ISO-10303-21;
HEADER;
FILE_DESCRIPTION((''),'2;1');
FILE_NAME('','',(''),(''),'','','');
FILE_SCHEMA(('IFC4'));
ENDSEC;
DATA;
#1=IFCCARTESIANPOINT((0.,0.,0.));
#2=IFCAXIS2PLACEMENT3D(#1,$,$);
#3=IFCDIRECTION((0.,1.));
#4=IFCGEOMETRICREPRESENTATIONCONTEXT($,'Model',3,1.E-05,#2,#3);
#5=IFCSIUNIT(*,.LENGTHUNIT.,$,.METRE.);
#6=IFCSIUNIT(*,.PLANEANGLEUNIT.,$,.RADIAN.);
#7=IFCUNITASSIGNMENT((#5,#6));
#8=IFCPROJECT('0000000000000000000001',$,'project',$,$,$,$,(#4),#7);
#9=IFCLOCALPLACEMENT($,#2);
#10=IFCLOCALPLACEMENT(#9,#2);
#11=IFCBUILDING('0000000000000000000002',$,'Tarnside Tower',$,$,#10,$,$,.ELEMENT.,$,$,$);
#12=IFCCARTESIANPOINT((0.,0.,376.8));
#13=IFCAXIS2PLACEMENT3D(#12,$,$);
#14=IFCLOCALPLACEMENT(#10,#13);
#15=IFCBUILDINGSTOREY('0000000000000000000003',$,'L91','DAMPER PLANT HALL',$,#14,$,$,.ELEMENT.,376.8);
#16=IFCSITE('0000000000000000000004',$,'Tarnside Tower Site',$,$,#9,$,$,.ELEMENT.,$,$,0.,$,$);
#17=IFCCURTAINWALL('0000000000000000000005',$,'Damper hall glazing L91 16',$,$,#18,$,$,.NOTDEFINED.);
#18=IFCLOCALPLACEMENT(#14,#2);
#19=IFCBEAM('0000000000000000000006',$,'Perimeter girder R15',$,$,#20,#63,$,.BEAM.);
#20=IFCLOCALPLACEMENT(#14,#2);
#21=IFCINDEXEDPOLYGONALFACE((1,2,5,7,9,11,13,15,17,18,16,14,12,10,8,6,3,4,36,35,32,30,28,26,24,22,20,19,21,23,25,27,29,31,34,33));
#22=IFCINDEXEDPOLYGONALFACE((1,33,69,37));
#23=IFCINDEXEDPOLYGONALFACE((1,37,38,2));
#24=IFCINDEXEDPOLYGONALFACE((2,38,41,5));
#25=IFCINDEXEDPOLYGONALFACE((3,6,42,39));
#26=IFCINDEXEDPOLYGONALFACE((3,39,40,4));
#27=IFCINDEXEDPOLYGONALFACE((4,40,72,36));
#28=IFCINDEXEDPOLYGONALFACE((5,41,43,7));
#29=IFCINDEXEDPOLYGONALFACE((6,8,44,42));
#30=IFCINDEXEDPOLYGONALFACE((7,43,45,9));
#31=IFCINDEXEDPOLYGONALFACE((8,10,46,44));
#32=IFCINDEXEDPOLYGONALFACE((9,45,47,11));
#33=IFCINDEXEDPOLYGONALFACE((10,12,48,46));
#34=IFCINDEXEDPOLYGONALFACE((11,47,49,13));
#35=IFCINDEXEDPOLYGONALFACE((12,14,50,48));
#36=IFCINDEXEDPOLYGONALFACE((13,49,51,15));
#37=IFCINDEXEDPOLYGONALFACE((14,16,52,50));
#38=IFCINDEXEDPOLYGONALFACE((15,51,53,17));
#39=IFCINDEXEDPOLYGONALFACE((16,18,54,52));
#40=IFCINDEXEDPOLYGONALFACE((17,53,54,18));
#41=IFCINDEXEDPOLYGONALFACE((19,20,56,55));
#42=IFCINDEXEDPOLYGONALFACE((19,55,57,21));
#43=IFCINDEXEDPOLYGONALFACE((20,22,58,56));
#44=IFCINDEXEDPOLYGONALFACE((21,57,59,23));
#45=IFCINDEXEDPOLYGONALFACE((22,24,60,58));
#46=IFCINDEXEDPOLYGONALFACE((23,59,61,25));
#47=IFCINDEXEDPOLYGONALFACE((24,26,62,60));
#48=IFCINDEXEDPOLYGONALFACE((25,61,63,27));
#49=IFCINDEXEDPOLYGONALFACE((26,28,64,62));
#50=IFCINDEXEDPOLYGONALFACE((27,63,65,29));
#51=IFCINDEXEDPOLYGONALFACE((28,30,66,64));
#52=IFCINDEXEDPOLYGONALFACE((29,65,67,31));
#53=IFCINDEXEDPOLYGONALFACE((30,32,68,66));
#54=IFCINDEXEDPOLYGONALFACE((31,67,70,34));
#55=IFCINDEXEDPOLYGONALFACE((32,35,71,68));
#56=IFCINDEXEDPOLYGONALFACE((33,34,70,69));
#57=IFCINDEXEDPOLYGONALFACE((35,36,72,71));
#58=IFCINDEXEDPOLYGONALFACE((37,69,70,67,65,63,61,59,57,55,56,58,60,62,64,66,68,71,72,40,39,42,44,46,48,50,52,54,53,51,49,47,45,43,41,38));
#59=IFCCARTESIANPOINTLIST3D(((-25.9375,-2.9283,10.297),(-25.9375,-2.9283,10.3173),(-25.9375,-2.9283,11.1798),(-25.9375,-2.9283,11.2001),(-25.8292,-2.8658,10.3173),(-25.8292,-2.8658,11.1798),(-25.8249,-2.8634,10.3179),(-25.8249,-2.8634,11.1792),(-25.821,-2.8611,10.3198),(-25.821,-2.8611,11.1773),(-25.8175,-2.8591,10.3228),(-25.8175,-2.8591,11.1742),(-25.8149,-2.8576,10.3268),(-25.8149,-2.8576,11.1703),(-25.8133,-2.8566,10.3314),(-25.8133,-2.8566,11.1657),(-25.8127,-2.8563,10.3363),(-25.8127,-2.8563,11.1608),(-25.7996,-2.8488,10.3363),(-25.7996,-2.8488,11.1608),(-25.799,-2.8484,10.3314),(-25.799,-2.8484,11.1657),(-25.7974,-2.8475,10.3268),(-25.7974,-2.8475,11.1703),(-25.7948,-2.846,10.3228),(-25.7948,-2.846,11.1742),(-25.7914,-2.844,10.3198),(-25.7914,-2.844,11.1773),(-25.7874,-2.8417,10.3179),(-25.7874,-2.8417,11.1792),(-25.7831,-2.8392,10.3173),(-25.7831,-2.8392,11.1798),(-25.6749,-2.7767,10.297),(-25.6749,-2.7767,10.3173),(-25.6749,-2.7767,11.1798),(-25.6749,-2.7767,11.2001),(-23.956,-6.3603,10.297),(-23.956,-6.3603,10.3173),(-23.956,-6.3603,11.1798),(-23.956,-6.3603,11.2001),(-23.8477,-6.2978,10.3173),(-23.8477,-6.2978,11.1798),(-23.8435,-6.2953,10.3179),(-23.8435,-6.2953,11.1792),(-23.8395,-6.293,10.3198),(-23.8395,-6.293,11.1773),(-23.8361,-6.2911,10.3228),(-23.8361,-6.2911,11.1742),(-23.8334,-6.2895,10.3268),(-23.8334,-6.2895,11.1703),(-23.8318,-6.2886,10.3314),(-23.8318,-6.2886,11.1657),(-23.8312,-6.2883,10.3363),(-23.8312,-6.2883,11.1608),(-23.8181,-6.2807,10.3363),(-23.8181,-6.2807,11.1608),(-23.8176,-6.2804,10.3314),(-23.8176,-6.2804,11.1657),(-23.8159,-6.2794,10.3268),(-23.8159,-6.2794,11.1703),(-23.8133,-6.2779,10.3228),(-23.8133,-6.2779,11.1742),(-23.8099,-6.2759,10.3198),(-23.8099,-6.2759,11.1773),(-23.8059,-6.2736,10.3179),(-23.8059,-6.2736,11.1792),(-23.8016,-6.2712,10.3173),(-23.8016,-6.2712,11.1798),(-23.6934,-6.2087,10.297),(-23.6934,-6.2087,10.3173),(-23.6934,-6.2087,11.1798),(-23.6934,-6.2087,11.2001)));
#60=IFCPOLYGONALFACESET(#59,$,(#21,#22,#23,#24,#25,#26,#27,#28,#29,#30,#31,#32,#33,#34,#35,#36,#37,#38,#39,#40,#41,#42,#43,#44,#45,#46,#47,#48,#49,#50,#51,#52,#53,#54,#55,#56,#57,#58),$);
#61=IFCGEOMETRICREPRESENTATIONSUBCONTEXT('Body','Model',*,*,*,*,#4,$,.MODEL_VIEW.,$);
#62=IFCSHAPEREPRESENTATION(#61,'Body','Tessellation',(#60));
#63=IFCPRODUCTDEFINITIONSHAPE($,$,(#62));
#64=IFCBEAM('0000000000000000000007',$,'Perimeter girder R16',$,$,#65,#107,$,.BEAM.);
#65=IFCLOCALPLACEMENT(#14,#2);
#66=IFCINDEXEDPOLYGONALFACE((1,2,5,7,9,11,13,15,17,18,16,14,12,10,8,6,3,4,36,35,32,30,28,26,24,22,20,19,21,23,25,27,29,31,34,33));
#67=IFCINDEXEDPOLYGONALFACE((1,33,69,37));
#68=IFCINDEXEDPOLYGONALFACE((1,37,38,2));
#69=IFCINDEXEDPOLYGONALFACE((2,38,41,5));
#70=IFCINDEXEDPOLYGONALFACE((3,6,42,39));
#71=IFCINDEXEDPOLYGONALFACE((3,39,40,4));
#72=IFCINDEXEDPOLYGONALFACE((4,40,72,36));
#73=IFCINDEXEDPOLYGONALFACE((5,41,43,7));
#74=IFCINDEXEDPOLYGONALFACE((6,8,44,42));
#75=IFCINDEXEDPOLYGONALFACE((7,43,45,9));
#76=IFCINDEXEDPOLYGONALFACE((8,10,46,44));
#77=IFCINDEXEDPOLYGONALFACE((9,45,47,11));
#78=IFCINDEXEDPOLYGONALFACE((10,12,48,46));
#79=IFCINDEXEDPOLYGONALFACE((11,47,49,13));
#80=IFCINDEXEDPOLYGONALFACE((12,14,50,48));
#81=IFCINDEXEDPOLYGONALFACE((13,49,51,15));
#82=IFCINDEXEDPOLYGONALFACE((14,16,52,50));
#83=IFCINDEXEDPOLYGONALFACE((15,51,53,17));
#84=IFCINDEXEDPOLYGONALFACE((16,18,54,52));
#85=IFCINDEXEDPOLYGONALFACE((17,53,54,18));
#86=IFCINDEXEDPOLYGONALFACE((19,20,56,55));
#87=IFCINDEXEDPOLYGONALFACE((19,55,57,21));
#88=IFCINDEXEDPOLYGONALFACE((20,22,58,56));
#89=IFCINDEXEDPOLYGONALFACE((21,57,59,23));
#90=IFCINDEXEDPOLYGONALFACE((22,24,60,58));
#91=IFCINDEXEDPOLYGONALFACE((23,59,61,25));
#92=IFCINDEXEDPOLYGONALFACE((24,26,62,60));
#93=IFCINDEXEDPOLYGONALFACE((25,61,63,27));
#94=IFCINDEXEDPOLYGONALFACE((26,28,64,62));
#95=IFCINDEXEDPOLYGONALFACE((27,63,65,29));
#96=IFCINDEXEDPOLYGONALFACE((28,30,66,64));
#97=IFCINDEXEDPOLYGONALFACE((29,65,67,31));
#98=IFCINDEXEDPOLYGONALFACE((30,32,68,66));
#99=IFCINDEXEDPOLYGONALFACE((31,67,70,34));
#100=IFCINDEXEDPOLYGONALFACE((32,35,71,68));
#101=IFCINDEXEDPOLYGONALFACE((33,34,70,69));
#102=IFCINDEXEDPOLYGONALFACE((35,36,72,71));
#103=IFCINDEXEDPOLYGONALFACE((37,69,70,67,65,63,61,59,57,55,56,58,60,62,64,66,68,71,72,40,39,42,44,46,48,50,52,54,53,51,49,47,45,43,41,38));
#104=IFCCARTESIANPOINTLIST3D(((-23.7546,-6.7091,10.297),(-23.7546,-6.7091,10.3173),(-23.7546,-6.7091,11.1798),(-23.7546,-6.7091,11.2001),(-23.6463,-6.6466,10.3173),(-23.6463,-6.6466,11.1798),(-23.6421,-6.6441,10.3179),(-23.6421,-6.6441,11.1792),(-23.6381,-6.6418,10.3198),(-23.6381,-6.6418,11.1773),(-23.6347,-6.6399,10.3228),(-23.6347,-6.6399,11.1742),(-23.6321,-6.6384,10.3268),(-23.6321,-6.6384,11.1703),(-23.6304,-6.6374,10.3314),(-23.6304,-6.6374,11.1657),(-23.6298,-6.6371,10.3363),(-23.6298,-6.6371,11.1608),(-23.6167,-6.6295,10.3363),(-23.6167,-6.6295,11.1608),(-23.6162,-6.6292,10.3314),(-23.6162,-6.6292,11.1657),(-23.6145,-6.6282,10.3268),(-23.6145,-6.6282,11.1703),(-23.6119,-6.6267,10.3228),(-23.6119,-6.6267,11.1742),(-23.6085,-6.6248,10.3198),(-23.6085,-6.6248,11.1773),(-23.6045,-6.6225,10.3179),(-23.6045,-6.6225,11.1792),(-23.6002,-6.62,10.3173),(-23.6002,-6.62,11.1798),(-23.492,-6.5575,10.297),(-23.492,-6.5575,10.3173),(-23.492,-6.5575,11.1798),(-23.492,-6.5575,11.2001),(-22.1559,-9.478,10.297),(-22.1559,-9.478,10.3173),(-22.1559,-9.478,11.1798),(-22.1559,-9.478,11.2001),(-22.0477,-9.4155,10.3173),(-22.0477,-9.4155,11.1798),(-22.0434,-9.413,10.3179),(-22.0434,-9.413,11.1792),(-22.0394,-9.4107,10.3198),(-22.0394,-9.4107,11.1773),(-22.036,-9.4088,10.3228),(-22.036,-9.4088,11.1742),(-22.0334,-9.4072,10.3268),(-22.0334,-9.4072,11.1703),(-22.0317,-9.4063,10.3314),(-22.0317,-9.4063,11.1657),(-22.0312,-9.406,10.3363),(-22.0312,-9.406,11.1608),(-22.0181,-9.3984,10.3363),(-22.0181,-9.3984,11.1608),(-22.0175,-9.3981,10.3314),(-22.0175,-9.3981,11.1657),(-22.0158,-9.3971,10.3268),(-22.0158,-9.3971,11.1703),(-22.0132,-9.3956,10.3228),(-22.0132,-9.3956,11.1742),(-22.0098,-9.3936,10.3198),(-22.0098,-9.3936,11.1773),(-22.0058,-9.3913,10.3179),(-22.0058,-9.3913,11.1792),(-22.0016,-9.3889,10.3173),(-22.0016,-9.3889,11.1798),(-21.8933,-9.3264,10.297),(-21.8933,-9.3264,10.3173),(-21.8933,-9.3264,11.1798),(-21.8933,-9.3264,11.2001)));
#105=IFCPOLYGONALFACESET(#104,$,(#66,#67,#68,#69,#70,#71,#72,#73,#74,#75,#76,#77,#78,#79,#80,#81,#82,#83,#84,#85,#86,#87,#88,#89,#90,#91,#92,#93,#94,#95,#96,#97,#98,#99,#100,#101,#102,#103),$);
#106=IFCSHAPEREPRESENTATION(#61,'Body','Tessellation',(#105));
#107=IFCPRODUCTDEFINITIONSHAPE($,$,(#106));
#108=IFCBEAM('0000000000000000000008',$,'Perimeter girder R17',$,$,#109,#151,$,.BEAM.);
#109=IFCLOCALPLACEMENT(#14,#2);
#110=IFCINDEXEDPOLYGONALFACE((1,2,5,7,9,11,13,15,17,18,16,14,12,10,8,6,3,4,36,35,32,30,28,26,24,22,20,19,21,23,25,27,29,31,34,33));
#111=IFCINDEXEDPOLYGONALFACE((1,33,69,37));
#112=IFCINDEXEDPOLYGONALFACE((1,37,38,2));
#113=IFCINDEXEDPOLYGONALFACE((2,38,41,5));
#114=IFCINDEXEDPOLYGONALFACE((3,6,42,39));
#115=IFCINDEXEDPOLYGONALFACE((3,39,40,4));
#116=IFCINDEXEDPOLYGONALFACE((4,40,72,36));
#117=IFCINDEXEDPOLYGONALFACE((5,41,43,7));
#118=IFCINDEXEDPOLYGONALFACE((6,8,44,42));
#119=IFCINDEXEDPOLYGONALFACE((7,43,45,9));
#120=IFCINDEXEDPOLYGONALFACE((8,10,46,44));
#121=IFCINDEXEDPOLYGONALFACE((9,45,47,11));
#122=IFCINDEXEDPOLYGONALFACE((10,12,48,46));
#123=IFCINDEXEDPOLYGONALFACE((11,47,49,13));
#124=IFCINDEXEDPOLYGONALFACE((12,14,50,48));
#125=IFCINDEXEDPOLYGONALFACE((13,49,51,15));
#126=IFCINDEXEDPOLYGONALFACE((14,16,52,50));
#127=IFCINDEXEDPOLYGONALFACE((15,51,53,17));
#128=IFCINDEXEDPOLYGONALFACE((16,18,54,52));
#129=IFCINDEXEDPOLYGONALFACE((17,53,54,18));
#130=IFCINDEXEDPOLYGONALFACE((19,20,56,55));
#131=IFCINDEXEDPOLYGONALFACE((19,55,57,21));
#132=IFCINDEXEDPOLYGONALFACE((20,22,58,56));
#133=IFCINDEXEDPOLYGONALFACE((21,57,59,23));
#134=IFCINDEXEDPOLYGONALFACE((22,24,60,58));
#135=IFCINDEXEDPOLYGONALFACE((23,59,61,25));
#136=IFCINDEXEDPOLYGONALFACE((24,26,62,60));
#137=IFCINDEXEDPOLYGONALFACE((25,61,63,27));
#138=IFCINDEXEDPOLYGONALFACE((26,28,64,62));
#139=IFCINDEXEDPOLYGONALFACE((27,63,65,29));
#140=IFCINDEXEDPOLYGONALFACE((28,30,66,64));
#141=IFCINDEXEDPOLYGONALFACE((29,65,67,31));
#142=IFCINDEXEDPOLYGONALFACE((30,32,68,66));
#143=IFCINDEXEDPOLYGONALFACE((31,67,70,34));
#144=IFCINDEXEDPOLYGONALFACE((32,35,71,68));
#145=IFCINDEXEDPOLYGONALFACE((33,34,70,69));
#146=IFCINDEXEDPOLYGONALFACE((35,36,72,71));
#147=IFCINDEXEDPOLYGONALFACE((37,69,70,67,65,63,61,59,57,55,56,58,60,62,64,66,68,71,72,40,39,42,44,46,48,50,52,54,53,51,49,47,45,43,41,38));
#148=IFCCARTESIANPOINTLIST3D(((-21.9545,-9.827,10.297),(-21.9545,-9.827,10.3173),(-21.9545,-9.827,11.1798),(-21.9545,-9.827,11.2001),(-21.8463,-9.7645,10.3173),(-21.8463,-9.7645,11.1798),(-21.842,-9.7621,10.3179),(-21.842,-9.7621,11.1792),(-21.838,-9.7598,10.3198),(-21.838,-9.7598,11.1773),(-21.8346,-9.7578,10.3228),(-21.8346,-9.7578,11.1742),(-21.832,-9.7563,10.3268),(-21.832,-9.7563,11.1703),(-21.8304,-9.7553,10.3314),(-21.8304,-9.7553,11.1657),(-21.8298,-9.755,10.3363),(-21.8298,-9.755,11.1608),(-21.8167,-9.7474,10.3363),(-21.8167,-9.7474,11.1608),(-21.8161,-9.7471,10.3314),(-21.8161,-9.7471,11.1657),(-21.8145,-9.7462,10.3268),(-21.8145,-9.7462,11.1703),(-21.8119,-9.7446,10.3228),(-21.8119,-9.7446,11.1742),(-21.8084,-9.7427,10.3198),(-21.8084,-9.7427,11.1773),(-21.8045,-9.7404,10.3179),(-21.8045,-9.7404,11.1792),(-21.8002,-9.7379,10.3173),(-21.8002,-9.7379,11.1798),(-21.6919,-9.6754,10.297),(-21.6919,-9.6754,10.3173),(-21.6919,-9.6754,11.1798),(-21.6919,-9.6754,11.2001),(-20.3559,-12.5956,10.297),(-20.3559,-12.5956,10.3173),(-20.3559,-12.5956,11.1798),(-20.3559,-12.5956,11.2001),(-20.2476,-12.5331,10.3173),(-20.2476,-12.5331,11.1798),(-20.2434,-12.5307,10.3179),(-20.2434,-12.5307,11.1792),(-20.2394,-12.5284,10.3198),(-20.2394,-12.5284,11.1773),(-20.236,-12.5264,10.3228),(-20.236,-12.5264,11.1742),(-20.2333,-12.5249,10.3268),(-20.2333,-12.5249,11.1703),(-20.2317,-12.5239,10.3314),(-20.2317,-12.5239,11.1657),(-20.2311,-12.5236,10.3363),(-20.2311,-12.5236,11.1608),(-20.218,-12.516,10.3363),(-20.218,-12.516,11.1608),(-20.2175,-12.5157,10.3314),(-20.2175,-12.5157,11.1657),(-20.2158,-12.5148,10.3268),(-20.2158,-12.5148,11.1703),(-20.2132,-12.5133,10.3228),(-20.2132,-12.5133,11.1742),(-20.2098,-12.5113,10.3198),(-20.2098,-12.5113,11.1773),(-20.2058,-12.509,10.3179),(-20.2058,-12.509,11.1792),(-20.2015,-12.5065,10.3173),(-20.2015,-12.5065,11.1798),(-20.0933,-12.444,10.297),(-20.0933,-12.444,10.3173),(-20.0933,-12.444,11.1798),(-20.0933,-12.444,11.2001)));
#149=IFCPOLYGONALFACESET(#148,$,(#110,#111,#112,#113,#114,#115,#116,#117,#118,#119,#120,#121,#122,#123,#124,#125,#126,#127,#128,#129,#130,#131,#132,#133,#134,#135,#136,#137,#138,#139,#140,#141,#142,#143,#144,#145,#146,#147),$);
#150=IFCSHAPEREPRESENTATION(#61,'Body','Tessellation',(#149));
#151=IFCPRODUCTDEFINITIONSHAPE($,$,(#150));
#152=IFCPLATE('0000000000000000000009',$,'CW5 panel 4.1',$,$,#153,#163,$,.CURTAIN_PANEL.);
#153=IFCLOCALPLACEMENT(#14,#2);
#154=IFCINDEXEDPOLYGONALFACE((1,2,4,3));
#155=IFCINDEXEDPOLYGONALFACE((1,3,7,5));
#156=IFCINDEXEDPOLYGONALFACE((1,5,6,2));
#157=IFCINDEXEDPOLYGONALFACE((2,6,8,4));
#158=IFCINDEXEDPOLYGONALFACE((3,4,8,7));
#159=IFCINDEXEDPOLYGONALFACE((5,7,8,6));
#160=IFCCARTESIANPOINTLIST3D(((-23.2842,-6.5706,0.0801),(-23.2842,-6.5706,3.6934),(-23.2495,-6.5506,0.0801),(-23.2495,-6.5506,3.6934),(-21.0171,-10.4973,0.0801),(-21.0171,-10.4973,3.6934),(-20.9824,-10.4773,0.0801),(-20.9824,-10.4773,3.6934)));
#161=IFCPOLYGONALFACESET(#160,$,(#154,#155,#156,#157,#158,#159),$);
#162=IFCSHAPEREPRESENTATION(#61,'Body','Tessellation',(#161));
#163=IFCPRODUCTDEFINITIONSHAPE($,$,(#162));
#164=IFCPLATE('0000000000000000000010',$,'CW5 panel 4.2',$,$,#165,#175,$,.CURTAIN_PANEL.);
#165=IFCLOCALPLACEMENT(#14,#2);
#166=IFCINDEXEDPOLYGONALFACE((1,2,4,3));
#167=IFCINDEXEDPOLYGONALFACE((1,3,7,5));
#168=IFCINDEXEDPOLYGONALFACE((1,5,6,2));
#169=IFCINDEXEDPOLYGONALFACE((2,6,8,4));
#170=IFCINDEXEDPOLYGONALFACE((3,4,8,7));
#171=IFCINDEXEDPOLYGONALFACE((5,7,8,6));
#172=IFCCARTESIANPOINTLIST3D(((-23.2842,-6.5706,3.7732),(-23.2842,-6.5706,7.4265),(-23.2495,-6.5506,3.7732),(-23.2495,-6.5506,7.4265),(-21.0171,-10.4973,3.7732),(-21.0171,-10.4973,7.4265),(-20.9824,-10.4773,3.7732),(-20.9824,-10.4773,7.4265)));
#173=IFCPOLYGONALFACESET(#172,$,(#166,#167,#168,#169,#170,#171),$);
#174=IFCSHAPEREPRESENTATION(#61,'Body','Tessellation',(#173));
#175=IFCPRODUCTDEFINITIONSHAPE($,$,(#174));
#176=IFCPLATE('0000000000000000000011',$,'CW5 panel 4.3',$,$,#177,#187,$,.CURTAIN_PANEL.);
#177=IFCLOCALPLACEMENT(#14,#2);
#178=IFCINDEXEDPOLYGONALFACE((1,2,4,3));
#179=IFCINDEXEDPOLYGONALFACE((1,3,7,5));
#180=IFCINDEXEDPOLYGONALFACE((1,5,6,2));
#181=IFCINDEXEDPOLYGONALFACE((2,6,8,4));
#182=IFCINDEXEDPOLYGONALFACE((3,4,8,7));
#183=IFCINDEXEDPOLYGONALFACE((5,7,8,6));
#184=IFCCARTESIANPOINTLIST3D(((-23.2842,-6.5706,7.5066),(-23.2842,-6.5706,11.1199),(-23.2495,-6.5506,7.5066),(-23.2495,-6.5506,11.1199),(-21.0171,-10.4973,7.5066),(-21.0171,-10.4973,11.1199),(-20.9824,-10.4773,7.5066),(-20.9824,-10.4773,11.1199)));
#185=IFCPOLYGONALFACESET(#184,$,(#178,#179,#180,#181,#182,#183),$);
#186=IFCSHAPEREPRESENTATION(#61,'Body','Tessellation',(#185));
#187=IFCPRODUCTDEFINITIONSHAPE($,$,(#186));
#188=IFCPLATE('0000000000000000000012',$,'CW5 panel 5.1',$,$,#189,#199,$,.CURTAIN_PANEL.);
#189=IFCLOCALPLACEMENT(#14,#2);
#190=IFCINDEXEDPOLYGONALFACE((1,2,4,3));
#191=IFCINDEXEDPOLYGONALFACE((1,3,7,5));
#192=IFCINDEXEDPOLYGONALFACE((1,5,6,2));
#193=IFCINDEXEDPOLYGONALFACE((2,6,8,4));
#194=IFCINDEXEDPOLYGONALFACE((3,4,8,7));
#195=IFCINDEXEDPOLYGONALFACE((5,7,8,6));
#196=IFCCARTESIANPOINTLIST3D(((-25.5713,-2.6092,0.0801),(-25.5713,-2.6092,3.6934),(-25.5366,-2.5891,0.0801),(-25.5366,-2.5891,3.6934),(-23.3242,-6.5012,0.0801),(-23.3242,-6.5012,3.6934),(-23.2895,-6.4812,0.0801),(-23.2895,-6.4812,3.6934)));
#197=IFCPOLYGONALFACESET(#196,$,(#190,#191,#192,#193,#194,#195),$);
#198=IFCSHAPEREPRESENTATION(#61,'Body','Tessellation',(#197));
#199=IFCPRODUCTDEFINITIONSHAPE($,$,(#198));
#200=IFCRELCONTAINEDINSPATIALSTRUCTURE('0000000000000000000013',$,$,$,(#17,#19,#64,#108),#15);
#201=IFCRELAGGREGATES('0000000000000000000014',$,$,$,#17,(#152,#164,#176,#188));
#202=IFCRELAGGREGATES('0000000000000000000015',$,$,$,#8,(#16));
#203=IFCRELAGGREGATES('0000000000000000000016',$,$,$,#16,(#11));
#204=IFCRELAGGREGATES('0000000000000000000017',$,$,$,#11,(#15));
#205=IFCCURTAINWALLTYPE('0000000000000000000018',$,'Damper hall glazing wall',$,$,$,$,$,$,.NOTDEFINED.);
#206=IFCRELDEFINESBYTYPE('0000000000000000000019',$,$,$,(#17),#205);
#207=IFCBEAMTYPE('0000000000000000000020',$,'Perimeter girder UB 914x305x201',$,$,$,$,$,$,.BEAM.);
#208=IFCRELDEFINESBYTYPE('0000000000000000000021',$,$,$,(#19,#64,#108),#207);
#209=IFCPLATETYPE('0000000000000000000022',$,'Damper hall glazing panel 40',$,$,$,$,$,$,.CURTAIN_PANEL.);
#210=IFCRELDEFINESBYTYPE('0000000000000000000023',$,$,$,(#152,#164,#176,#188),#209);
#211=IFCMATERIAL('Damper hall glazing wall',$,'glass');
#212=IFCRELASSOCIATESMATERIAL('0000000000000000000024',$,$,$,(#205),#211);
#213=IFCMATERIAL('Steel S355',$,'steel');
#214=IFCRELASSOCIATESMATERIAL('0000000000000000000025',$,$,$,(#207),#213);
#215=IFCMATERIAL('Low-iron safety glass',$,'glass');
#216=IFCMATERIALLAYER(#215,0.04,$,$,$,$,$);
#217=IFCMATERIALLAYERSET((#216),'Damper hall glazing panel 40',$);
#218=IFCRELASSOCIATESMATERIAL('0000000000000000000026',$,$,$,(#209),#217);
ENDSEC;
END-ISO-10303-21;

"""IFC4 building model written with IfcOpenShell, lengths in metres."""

from ifc_helpers import new_model, si_unit, direction, frame, origin, origin_2d, place, context, subcontext, project, spatial, rectangle, i_section, extrude, material, layer, layer_set, material_profile, profile_set, type_object, element, aggregate, save


model = new_model("IFC4")

# Units and contexts
model_context = context("Model", 3, precision=1e-05, world=origin(), true_north=direction((0.0, 1.0)))
body_context = subcontext(model_context, "Body", "Model", "MODEL_VIEW")
ifc_project = project(units=[si_unit("LENGTHUNIT", "METRE"), si_unit("PLANEANGLEUNIT", "RADIAN")], contexts=[model_context])

# Site, building, storey
site_placement = place(None, origin())
site = spatial("IfcSite", under=ifc_project, at=site_placement, Name="Tarnside Tower Site", CompositionType="ELEMENT", RefElevation=0.0)
building_placement = place(site_placement, origin())
building = spatial("IfcBuilding", under=site, at=building_placement, Name="Tarnside Tower", CompositionType="ELEMENT")
storey_placement = place(building_placement, frame((0.0, 0.0, 376.8)))
storey = spatial("IfcBuildingStorey", under=building, at=storey_placement, Name="L91", Description="DAMPER PLANT HALL", CompositionType="ELEMENT", Elevation=376.8)

# Shared definitions
ifc_material_1 = material(Name="Steel S355", Category="steel")

# Curtain wall
ifc_material_2 = material(Name="Damper hall glazing wall", Category="glass")
curtain_wall_type = type_object("IfcCurtainWallType", Name="Damper hall glazing wall", PredefinedType="NOTDEFINED", material=ifc_material_2)
curtain_wall_1_placement = place(storey_placement, origin())
curtain_wall_1 = element("IfcCurtainWall", 1, at=curtain_wall_1_placement, inside=storey, type_object=curtain_wall_type, Name="Damper hall glazing L91 16", PredefinedType="NOTDEFINED")

# Beams
ifc_material_profile_1 = material_profile(ifc_material_1, i_section(OverallWidth=0.3032, OverallDepth=0.9031, WebThickness=0.0151, FlangeThickness=0.0203, FilletRadius=0.019, at=origin_2d()), Name="UB 914x305x201")
ifc_profile_set_1 = profile_set([ifc_material_profile_1], Name="Steel S355")
beam_type_1 = type_object("IfcBeamType", Name="Perimeter girder UB 914x305x201", PredefinedType="BEAM", material=ifc_profile_set_1)
beam_1_placement = place(storey_placement, frame((-25.8062, -2.8525, 10.7485), z_axis=(0.500009, -0.86602, 0.0), x_axis=(0.86602, 0.500009, 0.0)))
element("IfcBeam", 2, at=beam_1_placement, inside=storey, type_object=beam_type_1, Name="Perimeter girder R15", PredefinedType="BEAM", context=body_context, shape_type="SweptSolid", body=[
    extrude(i_section(OverallWidth=0.3032, OverallDepth=0.9031, WebThickness=0.0151, FlangeThickness=0.0203, FilletRadius=0.019, at=origin_2d()), origin(), (0.0, 0.0, 1.0), 3.9629),
])
beam_2_placement = place(storey_placement, frame((-23.6233, -6.6333, 10.7485), z_axis=(0.500015, -0.866016, 0.0), x_axis=(0.866016, 0.500015, 0.0)))
element("IfcBeam", 3, at=beam_2_placement, inside=storey, type_object=beam_type_1, Name="Perimeter girder R16", PredefinedType="BEAM", context=body_context, shape_type="SweptSolid", body=[
    extrude(i_section(OverallWidth=0.3032, OverallDepth=0.9031, WebThickness=0.0151, FlangeThickness=0.0203, FilletRadius=0.019, at=origin_2d()), origin(), (0.0, 0.0, 1.0), 3.1973),
])
beam_3_placement = place(storey_placement, frame((-21.8232, -9.7512, 10.7485), z_axis=(0.500049, -0.865997, 0.0), x_axis=(0.865997, 0.500049, 0.0)))
element("IfcBeam", 4, at=beam_3_placement, inside=storey, type_object=beam_type_1, Name="Perimeter girder R17", PredefinedType="BEAM", context=body_context, shape_type="SweptSolid", body=[
    extrude(i_section(OverallWidth=0.3032, OverallDepth=0.9031, WebThickness=0.0151, FlangeThickness=0.0203, FilletRadius=0.019, at=origin_2d()), origin(), (0.0, 0.0, 1.0), 3.197),
])

# Plates
ifc_material_3 = material(Name="Low-iron safety glass", Category="glass")
ifc_layer = layer(ifc_material_3, 0.04)
ifc_layer_set = layer_set([ifc_layer], Name="Damper hall glazing panel 40")
plate_type = type_object("IfcPlateType", Name="Damper hall glazing panel 40", PredefinedType="CURTAIN_PANEL", material=ifc_layer_set)
plate_1_placement = place(storey_placement, frame((-22.1333, -8.5239, 0.0801), z_axis=(0.0, 0.0, 1.0), x_axis=(-0.5, 0.866025, 0.0)))
plate_1 = element("IfcPlate", 5, at=plate_1_placement, type_object=plate_type, Name="CW5 panel 4.1", PredefinedType="CURTAIN_PANEL", context=body_context, shape_type="SweptSolid", body=[
    extrude(rectangle(XDim=4.5342, YDim=0.04, at=origin_2d()), origin(), (0.0, 0.0, 1.0), 3.6133),
])
plate_2_placement = place(storey_placement, frame((-22.1333, -8.5239, 3.7732), z_axis=(0.0, 0.0, 1.0), x_axis=(-0.5, 0.866025, 0.0)))
plate_2 = element("IfcPlate", 6, at=plate_2_placement, type_object=plate_type, Name="CW5 panel 4.2", PredefinedType="CURTAIN_PANEL", context=body_context, shape_type="SweptSolid", body=[
    extrude(rectangle(XDim=4.5342, YDim=0.04, at=origin_2d()), origin(), (0.0, 0.0, 1.0), 3.6533),
])
plate_3_placement = place(storey_placement, frame((-22.1333, -8.5239, 7.5066), z_axis=(0.0, 0.0, 1.0), x_axis=(-0.5, 0.866025, 0.0)))
plate_3 = element("IfcPlate", 7, at=plate_3_placement, type_object=plate_type, Name="CW5 panel 4.3", PredefinedType="CURTAIN_PANEL", context=body_context, shape_type="SweptSolid", body=[
    extrude(rectangle(XDim=4.5342, YDim=0.04, at=origin_2d()), origin(), (0.0, 0.0, 1.0), 3.6133),
])
plate_4_placement = place(storey_placement, frame((-24.4304, -4.5452, 0.0801), z_axis=(0.0, 0.0, 1.0), x_axis=(-0.5, 0.866025, 0.0)))
plate_4 = element("IfcPlate", 8, at=plate_4_placement, type_object=plate_type, Name="CW5 panel 5.1", PredefinedType="CURTAIN_PANEL", context=body_context, shape_type="SweptSolid", body=[
    extrude(rectangle(XDim=4.4941, YDim=0.04, at=origin_2d()), origin(), (0.0, 0.0, 1.0), 3.6133),
])
aggregate(curtain_wall_1, [plate_1, plate_2, plate_3, plate_4])

save(model, "model.ifc")
